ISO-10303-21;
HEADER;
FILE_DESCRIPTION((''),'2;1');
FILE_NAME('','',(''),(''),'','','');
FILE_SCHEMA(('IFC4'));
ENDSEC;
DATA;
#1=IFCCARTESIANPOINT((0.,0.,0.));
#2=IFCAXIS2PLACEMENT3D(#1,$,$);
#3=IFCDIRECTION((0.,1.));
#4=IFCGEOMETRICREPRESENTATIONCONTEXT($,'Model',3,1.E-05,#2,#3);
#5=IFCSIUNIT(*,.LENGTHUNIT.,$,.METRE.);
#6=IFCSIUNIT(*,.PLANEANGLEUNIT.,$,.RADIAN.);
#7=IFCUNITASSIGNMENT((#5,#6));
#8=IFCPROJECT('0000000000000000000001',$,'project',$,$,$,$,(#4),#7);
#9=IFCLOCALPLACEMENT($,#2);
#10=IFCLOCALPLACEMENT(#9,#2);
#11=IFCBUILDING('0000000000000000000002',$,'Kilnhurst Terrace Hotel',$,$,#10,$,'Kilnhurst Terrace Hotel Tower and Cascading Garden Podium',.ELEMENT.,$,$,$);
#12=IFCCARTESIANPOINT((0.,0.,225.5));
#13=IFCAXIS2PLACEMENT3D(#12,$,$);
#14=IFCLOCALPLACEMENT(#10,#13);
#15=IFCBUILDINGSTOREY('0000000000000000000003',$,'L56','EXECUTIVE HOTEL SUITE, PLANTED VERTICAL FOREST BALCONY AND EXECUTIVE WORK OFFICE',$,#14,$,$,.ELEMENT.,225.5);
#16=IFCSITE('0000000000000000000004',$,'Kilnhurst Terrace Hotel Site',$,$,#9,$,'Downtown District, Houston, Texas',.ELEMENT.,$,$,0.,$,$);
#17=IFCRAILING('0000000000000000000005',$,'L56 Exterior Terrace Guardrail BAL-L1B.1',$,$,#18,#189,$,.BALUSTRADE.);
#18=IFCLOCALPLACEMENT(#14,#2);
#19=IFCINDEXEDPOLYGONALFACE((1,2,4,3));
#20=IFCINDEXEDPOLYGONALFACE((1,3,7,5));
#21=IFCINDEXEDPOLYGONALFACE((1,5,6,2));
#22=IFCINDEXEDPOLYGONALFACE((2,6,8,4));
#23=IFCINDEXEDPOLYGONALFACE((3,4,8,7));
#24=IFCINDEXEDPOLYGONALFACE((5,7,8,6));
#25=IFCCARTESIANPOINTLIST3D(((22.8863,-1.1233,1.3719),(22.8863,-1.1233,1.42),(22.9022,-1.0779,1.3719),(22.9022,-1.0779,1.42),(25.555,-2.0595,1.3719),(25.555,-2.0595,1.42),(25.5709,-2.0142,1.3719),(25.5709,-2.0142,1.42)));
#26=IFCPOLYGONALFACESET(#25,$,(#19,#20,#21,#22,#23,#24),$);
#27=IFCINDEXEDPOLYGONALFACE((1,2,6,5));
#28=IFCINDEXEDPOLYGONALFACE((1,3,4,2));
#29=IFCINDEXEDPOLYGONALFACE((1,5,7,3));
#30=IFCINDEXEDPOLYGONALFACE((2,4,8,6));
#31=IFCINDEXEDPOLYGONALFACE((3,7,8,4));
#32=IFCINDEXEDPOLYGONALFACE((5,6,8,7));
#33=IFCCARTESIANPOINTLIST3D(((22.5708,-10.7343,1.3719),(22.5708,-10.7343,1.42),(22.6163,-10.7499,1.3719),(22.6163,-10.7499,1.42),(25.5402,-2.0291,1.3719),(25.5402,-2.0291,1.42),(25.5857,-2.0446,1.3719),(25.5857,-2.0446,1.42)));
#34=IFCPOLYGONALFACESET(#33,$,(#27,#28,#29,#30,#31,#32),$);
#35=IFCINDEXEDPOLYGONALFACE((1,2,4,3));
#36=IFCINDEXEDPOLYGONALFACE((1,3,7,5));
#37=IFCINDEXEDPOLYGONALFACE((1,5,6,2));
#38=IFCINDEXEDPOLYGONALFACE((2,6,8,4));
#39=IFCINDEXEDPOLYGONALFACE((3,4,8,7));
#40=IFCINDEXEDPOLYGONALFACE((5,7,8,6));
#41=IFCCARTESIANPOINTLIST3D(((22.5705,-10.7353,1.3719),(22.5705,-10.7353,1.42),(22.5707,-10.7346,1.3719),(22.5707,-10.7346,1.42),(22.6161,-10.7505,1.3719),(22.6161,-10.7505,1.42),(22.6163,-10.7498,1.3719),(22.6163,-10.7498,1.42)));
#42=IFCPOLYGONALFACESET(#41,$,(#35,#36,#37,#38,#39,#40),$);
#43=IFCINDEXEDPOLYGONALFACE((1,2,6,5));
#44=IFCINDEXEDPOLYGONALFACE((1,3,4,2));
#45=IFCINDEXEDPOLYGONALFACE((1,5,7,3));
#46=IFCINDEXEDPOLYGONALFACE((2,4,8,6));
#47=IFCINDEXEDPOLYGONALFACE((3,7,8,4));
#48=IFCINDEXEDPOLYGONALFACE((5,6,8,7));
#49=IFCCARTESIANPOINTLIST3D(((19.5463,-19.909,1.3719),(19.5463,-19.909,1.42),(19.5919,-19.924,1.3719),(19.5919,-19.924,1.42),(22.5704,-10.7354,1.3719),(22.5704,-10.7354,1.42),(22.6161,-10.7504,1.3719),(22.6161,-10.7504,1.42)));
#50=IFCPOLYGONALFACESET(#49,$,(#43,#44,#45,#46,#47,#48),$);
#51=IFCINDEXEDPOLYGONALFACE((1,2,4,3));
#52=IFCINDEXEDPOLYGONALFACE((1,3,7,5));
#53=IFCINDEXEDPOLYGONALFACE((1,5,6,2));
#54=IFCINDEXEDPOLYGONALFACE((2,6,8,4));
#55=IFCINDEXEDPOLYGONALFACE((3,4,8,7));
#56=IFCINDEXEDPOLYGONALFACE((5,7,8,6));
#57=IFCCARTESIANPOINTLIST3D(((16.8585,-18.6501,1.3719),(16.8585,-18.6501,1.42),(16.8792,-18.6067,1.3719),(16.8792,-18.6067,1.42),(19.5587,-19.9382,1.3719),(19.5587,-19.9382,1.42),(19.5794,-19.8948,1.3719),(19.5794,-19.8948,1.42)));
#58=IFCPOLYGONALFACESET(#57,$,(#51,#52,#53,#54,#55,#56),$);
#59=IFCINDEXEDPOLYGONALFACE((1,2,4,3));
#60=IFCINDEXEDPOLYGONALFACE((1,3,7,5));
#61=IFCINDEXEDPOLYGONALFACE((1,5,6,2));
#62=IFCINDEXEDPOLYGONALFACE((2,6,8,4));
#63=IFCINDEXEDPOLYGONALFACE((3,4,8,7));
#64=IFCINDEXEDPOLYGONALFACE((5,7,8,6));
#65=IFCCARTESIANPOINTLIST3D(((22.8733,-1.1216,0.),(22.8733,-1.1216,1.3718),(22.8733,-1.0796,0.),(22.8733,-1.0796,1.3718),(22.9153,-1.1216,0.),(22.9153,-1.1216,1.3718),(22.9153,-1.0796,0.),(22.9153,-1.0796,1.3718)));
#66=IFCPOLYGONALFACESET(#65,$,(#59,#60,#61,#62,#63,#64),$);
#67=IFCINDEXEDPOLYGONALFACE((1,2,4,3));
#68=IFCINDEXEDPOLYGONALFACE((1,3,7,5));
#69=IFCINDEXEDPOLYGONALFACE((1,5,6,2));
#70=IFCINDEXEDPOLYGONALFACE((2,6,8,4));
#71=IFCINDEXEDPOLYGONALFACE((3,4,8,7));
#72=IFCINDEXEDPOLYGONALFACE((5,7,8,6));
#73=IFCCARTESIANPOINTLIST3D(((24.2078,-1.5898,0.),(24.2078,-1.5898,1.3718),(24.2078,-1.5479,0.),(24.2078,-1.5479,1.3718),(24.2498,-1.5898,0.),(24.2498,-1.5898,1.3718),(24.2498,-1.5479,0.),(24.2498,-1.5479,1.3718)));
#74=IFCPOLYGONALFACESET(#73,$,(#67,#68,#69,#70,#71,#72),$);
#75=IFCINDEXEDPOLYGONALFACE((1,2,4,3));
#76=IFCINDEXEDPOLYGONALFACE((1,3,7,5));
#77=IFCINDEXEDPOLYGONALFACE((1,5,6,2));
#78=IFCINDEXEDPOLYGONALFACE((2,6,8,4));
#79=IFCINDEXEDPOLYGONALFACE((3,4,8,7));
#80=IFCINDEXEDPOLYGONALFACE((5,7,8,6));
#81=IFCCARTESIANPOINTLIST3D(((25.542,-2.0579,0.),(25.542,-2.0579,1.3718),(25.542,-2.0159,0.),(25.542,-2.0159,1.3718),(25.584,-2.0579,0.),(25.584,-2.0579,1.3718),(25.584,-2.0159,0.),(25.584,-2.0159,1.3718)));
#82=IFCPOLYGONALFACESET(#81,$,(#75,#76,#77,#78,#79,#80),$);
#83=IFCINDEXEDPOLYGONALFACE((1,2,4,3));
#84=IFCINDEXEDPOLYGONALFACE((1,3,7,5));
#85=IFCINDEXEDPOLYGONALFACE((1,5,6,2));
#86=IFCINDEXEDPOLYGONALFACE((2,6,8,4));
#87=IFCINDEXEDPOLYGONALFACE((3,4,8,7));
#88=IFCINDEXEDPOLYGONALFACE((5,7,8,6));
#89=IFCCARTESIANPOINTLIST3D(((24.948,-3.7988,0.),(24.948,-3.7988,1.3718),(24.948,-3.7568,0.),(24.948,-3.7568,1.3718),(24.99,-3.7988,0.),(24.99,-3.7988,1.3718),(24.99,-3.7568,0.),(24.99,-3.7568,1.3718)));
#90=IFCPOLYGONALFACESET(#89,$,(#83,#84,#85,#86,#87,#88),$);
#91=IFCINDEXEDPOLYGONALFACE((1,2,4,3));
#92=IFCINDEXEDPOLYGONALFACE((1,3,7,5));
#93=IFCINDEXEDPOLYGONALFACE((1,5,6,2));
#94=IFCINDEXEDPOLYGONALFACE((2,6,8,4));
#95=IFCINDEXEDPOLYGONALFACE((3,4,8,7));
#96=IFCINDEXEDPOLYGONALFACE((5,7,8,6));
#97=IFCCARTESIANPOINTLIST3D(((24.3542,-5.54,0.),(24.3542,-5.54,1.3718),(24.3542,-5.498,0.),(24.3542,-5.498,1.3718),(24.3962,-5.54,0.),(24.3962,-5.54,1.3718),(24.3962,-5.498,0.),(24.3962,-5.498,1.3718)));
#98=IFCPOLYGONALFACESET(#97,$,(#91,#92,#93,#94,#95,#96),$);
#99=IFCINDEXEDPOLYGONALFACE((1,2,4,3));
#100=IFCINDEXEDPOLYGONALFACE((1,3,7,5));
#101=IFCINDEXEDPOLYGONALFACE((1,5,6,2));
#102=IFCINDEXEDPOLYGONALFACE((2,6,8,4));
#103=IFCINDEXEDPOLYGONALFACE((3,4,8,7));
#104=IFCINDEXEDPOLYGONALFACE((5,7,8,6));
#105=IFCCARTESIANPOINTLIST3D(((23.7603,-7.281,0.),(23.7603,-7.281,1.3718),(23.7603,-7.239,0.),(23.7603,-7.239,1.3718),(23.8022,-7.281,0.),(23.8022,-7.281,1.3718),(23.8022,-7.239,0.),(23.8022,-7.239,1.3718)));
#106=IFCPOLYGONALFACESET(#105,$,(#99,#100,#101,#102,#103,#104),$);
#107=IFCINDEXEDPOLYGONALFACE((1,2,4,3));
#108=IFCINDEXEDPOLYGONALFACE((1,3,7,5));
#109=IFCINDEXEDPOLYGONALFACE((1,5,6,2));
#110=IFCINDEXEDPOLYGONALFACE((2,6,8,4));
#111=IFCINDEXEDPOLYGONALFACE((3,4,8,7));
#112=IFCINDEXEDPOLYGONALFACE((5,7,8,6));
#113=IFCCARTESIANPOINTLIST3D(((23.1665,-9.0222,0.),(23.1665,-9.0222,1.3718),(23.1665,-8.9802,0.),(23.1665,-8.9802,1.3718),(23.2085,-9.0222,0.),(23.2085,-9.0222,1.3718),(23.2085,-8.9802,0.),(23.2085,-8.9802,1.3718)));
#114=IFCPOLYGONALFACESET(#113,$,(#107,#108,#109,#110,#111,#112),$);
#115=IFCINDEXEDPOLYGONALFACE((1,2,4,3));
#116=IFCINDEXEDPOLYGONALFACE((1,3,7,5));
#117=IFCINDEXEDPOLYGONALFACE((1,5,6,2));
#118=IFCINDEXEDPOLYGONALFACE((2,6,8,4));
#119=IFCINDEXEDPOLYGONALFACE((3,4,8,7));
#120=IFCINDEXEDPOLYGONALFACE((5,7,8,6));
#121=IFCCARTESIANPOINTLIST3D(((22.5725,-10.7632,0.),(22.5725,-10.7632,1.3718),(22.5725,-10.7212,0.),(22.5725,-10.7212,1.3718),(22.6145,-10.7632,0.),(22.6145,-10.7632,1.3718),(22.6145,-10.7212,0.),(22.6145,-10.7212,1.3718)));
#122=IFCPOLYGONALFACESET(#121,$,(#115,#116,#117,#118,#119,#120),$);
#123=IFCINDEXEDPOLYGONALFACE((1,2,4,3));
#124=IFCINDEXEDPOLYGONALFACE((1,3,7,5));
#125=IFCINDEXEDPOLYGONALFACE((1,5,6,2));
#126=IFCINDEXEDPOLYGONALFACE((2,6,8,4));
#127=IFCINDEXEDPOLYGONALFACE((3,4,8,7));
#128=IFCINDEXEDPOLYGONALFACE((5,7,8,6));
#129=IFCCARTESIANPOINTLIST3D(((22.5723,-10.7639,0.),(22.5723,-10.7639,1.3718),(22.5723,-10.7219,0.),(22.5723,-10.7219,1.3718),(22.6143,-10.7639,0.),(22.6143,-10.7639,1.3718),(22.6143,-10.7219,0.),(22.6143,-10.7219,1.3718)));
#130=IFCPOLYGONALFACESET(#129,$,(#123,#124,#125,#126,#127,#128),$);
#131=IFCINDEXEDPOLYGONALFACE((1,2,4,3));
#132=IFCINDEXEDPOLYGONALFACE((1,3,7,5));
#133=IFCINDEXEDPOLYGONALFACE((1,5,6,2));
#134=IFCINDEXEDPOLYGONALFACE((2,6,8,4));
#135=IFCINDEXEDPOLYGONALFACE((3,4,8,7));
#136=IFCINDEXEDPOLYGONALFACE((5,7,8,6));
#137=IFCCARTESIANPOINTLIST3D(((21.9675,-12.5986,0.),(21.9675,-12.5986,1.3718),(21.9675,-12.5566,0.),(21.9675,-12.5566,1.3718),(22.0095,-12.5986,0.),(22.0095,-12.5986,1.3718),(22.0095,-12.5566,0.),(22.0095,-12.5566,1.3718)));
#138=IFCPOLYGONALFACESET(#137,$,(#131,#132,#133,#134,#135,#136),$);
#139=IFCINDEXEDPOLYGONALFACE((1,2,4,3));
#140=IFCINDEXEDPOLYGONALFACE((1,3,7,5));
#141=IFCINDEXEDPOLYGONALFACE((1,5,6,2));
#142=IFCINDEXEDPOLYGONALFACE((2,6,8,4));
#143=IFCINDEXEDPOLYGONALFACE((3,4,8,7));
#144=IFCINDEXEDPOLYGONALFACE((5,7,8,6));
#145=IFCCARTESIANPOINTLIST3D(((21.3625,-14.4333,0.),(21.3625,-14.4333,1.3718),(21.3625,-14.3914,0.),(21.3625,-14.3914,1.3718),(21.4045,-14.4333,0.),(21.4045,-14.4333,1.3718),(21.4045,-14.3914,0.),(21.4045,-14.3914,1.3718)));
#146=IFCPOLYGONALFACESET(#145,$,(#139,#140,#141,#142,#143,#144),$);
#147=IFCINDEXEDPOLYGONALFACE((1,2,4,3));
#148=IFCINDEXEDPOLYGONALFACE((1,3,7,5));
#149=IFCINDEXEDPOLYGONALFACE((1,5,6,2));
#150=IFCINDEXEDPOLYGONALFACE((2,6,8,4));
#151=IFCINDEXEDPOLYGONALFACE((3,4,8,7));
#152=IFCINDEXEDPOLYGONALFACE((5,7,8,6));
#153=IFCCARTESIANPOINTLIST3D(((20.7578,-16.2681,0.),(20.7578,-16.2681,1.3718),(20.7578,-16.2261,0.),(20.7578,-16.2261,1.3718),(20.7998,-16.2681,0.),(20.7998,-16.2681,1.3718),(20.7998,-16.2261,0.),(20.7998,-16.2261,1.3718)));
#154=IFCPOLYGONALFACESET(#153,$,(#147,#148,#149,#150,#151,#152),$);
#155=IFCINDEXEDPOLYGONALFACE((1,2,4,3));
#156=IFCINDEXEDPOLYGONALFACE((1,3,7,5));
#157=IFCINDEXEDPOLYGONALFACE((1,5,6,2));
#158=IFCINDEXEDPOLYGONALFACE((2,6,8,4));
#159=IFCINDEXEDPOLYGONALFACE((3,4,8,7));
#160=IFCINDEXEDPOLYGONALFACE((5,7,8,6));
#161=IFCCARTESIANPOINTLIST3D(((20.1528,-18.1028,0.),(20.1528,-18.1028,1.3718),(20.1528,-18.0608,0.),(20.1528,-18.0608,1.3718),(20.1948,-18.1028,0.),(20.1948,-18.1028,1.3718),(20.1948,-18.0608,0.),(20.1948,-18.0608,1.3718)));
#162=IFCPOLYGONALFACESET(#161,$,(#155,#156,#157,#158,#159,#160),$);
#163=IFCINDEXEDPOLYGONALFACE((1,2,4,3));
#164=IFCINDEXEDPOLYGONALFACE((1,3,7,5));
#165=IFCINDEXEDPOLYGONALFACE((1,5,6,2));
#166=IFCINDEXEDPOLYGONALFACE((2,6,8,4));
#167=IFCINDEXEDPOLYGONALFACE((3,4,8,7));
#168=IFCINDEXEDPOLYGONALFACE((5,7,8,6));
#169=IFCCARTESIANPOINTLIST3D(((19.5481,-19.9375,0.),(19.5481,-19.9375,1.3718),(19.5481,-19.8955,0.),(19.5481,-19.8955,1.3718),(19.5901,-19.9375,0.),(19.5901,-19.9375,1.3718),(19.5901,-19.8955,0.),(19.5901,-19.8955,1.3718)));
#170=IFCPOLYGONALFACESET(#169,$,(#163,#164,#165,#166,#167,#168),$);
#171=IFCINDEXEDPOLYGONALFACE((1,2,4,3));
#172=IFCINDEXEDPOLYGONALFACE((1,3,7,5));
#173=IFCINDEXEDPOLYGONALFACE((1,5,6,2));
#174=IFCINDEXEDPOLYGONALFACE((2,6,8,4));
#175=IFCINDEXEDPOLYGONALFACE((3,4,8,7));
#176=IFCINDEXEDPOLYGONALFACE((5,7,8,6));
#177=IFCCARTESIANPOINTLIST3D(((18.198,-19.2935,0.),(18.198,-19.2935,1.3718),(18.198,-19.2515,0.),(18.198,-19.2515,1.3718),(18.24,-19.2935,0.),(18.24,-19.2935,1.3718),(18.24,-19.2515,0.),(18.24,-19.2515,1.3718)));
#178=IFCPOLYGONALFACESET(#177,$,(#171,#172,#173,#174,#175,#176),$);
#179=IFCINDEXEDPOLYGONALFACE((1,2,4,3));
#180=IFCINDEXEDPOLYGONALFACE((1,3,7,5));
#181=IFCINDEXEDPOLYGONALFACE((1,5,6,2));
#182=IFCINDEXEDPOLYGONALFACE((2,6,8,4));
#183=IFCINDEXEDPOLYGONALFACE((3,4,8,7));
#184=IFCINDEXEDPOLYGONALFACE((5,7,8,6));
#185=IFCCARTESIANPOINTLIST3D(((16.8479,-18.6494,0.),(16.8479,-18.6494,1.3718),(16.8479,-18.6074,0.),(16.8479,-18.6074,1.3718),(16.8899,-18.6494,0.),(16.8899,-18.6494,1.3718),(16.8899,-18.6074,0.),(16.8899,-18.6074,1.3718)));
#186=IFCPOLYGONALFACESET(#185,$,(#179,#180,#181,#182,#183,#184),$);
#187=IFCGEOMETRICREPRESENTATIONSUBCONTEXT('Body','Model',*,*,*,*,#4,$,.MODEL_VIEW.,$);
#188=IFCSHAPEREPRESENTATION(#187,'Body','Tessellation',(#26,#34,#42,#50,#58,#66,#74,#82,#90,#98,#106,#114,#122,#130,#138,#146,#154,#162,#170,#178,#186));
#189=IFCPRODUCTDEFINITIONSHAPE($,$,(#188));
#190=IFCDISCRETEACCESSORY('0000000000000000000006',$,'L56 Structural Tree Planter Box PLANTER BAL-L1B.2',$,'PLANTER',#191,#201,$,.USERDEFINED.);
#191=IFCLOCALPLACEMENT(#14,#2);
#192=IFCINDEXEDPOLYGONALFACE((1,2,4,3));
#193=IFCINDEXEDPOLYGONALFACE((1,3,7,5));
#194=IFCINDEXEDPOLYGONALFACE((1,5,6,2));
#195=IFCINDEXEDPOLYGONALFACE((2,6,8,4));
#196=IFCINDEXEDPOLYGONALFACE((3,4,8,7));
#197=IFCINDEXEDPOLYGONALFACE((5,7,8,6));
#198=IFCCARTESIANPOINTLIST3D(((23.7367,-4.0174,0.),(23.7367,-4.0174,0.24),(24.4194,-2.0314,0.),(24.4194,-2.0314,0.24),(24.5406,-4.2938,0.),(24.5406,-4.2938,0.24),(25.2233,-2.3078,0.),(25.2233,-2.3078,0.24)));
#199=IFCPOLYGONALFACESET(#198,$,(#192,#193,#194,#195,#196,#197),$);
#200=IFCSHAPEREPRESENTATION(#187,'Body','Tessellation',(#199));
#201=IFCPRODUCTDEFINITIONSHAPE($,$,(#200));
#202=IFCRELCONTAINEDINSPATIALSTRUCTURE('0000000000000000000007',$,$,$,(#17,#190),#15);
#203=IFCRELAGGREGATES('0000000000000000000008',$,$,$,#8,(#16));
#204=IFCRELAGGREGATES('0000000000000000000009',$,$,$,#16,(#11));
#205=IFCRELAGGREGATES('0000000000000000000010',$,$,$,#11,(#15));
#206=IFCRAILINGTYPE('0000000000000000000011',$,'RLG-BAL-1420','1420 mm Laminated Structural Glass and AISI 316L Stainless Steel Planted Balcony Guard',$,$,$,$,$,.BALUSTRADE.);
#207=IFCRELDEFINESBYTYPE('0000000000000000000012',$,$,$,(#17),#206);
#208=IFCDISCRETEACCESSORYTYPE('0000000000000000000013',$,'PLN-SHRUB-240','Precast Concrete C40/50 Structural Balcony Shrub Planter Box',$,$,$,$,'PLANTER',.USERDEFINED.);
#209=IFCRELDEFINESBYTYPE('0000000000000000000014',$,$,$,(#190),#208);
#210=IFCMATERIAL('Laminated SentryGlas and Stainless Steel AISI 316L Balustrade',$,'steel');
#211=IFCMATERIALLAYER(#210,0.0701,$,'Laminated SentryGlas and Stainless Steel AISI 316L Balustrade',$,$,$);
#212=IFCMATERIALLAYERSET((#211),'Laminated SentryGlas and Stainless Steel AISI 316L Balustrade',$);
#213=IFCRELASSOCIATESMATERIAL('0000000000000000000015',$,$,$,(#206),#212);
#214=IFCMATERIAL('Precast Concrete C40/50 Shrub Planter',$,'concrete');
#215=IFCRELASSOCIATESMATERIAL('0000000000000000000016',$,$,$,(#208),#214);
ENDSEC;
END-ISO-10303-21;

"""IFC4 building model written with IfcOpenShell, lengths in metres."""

from ifc_helpers import new_model, si_unit, direction, frame, origin, origin_2d, place, context, subcontext, project, spatial, rectangle, extrude, material, layer, layer_set, type_object, element, save


model = new_model("IFC4")

# Units and contexts
model_context = context("Model", 3, precision=1e-05, world=origin(), true_north=direction((0.0, 1.0)))
body_context = subcontext(model_context, "Body", "Model", "MODEL_VIEW")
ifc_project = project(units=[si_unit("LENGTHUNIT", "METRE"), si_unit("PLANEANGLEUNIT", "RADIAN")], contexts=[model_context])

# Site, building, storey
site_placement = place(None, origin())
site = spatial("IfcSite", under=ifc_project, at=site_placement, Name="Kilnhurst Terrace Hotel Site", LongName="Downtown District, Houston, Texas", CompositionType="ELEMENT", RefElevation=0.0)
building_placement = place(site_placement, origin())
building = spatial("IfcBuilding", under=site, at=building_placement, Name="Kilnhurst Terrace Hotel", LongName="Kilnhurst Terrace Hotel Tower and Cascading Garden Podium", CompositionType="ELEMENT")
storey_placement = place(building_placement, frame((0.0, 0.0, 225.5)))
storey = spatial("IfcBuildingStorey", under=building, at=storey_placement, Name="L56", Description="EXECUTIVE HOTEL SUITE, PLANTED VERTICAL FOREST BALCONY AND EXECUTIVE WORK OFFICE", CompositionType="ELEMENT", Elevation=225.5)

# Railing
ifc_material_1 = material(Name="Laminated SentryGlas and Stainless Steel AISI 316L Balustrade", Category="steel")
ifc_layer_1 = layer(ifc_material_1, 0.0701, Name="Laminated SentryGlas and Stainless Steel AISI 316L Balustrade")
ifc_layer_set_1 = layer_set([ifc_layer_1], Name="Laminated SentryGlas and Stainless Steel AISI 316L Balustrade")
railing_type = type_object("IfcRailingType", Name="RLG-BAL-1420", Description="1420 mm Laminated Structural Glass and AISI 316L Stainless Steel Planted Balcony Guard", PredefinedType="BALUSTRADE", material=ifc_layer_set_1)
railing_placement = place(storey_placement, frame((22.8943, -1.1006, 0.0)))
element("IfcRailing", 1, at=railing_placement, inside=storey, type_object=railing_type, Name="L56 Exterior Terrace Guardrail BAL-L1B.1", PredefinedType="BALUSTRADE", context=body_context, shape_type="SweptSolid", body=[
    extrude(rectangle(XDim=0.0481, YDim=0.0481, at=origin_2d()), frame((0.0, 0.0, 1.396), z_axis=(0.943612, -0.331054, 0.0), x_axis=(0.331054, 0.943612, 0.0)), (0.0, 0.0, 1.0), 2.8281),
    extrude(rectangle(XDim=0.0481, YDim=0.0481, at=origin_2d()), frame((2.6687, -0.9363, 1.396), z_axis=(-0.322845, -0.946452, 0.0), x_axis=(0.946452, -0.322845, 0.0)), (0.0, 0.0, 1.0), 9.1978),
    extrude(rectangle(XDim=0.0481, YDim=0.0481, at=origin_2d()), frame((-0.3008, -9.6416, 1.396), z_axis=(-0.316228, -0.948683, 0.0), x_axis=(0.948683, -0.316228, 0.0)), (0.0, 0.0, 1.0), 0.0007),
    extrude(rectangle(XDim=0.0481, YDim=0.0481, at=origin_2d()), frame((-0.301, -9.6423, 1.396), z_axis=(-0.313087, -0.949725, 0.0), x_axis=(0.949725, -0.313087, 0.0)), (0.0, 0.0, 1.0), 9.6592),
    extrude(rectangle(XDim=0.0481, YDim=0.0481, at=origin_2d()), frame((-3.3252, -18.8159, 1.396), z_axis=(-0.902565, 0.430554, 0.0), x_axis=(-0.430554, -0.902565, 0.0)), (0.0, 0.0, 1.0), 2.9917),
    extrude(rectangle(XDim=0.042, YDim=0.042, at=origin_2d()), origin(), (0.0, 0.0, 1.0), 1.3718),
    extrude(rectangle(XDim=0.042, YDim=0.042, at=origin_2d()), frame((1.3345, -0.4683, 0.0)), (0.0, 0.0, 1.0), 1.3718),
    extrude(rectangle(XDim=0.042, YDim=0.042, at=origin_2d()), frame((2.6687, -0.9363, 0.0)), (0.0, 0.0, 1.0), 1.3718),
    extrude(rectangle(XDim=0.042, YDim=0.042, at=origin_2d()), frame((2.0747, -2.6772, 0.0)), (0.0, 0.0, 1.0), 1.3718),
    extrude(rectangle(XDim=0.042, YDim=0.042, at=origin_2d()), frame((1.481, -4.4185, 0.0)), (0.0, 0.0, 1.0), 1.3718),
    extrude(rectangle(XDim=0.042, YDim=0.042, at=origin_2d()), frame((0.887, -6.1594, 0.0)), (0.0, 0.0, 1.0), 1.3718),
    extrude(rectangle(XDim=0.042, YDim=0.042, at=origin_2d()), frame((0.2932, -7.9006, 0.0)), (0.0, 0.0, 1.0), 1.3718),
    extrude(rectangle(XDim=0.042, YDim=0.042, at=origin_2d()), frame((-0.3008, -9.6416, 0.0)), (0.0, 0.0, 1.0), 1.3718),
    extrude(rectangle(XDim=0.042, YDim=0.042, at=origin_2d()), frame((-0.301, -9.6423, 0.0)), (0.0, 0.0, 1.0), 1.3718),
    extrude(rectangle(XDim=0.042, YDim=0.042, at=origin_2d()), frame((-0.9058, -11.4771, 0.0)), (0.0, 0.0, 1.0), 1.3718),
    extrude(rectangle(XDim=0.042, YDim=0.042, at=origin_2d()), frame((-1.5107, -13.3118, 0.0)), (0.0, 0.0, 1.0), 1.3718),
    extrude(rectangle(XDim=0.042, YDim=0.042, at=origin_2d()), frame((-2.1155, -15.1465, 0.0)), (0.0, 0.0, 1.0), 1.3718),
    extrude(rectangle(XDim=0.042, YDim=0.042, at=origin_2d()), frame((-2.7205, -16.9812, 0.0)), (0.0, 0.0, 1.0), 1.3718),
    extrude(rectangle(XDim=0.042, YDim=0.042, at=origin_2d()), frame((-3.3252, -18.8159, 0.0)), (0.0, 0.0, 1.0), 1.3718),
    extrude(rectangle(XDim=0.042, YDim=0.042, at=origin_2d()), frame((-4.6753, -18.1719, 0.0)), (0.0, 0.0, 1.0), 1.3718),
    extrude(rectangle(XDim=0.042, YDim=0.042, at=origin_2d()), frame((-6.0254, -17.5278, 0.0)), (0.0, 0.0, 1.0), 1.3718),
])

# Discrete accessory
ifc_material_2 = material(Name="Precast Concrete C40/50 Shrub Planter", Category="concrete")
discrete_accessory_type = type_object("IfcDiscreteAccessoryType", Name="PLN-SHRUB-240", Description="Precast Concrete C40/50 Structural Balcony Shrub Planter Box", ElementType="PLANTER", PredefinedType="USERDEFINED", material=ifc_material_2)
discrete_accessory_placement = place(storey_placement, frame((24.48, -3.1626, 0.0), z_axis=(0.0, 0.0, 1.0), x_axis=(0.32509, 0.945683, 0.0)))
element("IfcDiscreteAccessory", 2, at=discrete_accessory_placement, inside=storey, type_object=discrete_accessory_type, Name="L56 Structural Tree Planter Box PLANTER BAL-L1B.2", ObjectType="PLANTER", PredefinedType="USERDEFINED", context=body_context, shape_type="SweptSolid", body=[
    extrude(rectangle(XDim=2.1001, YDim=0.8501, at=origin_2d()), origin(), (0.0, 0.0, 1.0), 0.24),
])

save(model, "model.ifc")
